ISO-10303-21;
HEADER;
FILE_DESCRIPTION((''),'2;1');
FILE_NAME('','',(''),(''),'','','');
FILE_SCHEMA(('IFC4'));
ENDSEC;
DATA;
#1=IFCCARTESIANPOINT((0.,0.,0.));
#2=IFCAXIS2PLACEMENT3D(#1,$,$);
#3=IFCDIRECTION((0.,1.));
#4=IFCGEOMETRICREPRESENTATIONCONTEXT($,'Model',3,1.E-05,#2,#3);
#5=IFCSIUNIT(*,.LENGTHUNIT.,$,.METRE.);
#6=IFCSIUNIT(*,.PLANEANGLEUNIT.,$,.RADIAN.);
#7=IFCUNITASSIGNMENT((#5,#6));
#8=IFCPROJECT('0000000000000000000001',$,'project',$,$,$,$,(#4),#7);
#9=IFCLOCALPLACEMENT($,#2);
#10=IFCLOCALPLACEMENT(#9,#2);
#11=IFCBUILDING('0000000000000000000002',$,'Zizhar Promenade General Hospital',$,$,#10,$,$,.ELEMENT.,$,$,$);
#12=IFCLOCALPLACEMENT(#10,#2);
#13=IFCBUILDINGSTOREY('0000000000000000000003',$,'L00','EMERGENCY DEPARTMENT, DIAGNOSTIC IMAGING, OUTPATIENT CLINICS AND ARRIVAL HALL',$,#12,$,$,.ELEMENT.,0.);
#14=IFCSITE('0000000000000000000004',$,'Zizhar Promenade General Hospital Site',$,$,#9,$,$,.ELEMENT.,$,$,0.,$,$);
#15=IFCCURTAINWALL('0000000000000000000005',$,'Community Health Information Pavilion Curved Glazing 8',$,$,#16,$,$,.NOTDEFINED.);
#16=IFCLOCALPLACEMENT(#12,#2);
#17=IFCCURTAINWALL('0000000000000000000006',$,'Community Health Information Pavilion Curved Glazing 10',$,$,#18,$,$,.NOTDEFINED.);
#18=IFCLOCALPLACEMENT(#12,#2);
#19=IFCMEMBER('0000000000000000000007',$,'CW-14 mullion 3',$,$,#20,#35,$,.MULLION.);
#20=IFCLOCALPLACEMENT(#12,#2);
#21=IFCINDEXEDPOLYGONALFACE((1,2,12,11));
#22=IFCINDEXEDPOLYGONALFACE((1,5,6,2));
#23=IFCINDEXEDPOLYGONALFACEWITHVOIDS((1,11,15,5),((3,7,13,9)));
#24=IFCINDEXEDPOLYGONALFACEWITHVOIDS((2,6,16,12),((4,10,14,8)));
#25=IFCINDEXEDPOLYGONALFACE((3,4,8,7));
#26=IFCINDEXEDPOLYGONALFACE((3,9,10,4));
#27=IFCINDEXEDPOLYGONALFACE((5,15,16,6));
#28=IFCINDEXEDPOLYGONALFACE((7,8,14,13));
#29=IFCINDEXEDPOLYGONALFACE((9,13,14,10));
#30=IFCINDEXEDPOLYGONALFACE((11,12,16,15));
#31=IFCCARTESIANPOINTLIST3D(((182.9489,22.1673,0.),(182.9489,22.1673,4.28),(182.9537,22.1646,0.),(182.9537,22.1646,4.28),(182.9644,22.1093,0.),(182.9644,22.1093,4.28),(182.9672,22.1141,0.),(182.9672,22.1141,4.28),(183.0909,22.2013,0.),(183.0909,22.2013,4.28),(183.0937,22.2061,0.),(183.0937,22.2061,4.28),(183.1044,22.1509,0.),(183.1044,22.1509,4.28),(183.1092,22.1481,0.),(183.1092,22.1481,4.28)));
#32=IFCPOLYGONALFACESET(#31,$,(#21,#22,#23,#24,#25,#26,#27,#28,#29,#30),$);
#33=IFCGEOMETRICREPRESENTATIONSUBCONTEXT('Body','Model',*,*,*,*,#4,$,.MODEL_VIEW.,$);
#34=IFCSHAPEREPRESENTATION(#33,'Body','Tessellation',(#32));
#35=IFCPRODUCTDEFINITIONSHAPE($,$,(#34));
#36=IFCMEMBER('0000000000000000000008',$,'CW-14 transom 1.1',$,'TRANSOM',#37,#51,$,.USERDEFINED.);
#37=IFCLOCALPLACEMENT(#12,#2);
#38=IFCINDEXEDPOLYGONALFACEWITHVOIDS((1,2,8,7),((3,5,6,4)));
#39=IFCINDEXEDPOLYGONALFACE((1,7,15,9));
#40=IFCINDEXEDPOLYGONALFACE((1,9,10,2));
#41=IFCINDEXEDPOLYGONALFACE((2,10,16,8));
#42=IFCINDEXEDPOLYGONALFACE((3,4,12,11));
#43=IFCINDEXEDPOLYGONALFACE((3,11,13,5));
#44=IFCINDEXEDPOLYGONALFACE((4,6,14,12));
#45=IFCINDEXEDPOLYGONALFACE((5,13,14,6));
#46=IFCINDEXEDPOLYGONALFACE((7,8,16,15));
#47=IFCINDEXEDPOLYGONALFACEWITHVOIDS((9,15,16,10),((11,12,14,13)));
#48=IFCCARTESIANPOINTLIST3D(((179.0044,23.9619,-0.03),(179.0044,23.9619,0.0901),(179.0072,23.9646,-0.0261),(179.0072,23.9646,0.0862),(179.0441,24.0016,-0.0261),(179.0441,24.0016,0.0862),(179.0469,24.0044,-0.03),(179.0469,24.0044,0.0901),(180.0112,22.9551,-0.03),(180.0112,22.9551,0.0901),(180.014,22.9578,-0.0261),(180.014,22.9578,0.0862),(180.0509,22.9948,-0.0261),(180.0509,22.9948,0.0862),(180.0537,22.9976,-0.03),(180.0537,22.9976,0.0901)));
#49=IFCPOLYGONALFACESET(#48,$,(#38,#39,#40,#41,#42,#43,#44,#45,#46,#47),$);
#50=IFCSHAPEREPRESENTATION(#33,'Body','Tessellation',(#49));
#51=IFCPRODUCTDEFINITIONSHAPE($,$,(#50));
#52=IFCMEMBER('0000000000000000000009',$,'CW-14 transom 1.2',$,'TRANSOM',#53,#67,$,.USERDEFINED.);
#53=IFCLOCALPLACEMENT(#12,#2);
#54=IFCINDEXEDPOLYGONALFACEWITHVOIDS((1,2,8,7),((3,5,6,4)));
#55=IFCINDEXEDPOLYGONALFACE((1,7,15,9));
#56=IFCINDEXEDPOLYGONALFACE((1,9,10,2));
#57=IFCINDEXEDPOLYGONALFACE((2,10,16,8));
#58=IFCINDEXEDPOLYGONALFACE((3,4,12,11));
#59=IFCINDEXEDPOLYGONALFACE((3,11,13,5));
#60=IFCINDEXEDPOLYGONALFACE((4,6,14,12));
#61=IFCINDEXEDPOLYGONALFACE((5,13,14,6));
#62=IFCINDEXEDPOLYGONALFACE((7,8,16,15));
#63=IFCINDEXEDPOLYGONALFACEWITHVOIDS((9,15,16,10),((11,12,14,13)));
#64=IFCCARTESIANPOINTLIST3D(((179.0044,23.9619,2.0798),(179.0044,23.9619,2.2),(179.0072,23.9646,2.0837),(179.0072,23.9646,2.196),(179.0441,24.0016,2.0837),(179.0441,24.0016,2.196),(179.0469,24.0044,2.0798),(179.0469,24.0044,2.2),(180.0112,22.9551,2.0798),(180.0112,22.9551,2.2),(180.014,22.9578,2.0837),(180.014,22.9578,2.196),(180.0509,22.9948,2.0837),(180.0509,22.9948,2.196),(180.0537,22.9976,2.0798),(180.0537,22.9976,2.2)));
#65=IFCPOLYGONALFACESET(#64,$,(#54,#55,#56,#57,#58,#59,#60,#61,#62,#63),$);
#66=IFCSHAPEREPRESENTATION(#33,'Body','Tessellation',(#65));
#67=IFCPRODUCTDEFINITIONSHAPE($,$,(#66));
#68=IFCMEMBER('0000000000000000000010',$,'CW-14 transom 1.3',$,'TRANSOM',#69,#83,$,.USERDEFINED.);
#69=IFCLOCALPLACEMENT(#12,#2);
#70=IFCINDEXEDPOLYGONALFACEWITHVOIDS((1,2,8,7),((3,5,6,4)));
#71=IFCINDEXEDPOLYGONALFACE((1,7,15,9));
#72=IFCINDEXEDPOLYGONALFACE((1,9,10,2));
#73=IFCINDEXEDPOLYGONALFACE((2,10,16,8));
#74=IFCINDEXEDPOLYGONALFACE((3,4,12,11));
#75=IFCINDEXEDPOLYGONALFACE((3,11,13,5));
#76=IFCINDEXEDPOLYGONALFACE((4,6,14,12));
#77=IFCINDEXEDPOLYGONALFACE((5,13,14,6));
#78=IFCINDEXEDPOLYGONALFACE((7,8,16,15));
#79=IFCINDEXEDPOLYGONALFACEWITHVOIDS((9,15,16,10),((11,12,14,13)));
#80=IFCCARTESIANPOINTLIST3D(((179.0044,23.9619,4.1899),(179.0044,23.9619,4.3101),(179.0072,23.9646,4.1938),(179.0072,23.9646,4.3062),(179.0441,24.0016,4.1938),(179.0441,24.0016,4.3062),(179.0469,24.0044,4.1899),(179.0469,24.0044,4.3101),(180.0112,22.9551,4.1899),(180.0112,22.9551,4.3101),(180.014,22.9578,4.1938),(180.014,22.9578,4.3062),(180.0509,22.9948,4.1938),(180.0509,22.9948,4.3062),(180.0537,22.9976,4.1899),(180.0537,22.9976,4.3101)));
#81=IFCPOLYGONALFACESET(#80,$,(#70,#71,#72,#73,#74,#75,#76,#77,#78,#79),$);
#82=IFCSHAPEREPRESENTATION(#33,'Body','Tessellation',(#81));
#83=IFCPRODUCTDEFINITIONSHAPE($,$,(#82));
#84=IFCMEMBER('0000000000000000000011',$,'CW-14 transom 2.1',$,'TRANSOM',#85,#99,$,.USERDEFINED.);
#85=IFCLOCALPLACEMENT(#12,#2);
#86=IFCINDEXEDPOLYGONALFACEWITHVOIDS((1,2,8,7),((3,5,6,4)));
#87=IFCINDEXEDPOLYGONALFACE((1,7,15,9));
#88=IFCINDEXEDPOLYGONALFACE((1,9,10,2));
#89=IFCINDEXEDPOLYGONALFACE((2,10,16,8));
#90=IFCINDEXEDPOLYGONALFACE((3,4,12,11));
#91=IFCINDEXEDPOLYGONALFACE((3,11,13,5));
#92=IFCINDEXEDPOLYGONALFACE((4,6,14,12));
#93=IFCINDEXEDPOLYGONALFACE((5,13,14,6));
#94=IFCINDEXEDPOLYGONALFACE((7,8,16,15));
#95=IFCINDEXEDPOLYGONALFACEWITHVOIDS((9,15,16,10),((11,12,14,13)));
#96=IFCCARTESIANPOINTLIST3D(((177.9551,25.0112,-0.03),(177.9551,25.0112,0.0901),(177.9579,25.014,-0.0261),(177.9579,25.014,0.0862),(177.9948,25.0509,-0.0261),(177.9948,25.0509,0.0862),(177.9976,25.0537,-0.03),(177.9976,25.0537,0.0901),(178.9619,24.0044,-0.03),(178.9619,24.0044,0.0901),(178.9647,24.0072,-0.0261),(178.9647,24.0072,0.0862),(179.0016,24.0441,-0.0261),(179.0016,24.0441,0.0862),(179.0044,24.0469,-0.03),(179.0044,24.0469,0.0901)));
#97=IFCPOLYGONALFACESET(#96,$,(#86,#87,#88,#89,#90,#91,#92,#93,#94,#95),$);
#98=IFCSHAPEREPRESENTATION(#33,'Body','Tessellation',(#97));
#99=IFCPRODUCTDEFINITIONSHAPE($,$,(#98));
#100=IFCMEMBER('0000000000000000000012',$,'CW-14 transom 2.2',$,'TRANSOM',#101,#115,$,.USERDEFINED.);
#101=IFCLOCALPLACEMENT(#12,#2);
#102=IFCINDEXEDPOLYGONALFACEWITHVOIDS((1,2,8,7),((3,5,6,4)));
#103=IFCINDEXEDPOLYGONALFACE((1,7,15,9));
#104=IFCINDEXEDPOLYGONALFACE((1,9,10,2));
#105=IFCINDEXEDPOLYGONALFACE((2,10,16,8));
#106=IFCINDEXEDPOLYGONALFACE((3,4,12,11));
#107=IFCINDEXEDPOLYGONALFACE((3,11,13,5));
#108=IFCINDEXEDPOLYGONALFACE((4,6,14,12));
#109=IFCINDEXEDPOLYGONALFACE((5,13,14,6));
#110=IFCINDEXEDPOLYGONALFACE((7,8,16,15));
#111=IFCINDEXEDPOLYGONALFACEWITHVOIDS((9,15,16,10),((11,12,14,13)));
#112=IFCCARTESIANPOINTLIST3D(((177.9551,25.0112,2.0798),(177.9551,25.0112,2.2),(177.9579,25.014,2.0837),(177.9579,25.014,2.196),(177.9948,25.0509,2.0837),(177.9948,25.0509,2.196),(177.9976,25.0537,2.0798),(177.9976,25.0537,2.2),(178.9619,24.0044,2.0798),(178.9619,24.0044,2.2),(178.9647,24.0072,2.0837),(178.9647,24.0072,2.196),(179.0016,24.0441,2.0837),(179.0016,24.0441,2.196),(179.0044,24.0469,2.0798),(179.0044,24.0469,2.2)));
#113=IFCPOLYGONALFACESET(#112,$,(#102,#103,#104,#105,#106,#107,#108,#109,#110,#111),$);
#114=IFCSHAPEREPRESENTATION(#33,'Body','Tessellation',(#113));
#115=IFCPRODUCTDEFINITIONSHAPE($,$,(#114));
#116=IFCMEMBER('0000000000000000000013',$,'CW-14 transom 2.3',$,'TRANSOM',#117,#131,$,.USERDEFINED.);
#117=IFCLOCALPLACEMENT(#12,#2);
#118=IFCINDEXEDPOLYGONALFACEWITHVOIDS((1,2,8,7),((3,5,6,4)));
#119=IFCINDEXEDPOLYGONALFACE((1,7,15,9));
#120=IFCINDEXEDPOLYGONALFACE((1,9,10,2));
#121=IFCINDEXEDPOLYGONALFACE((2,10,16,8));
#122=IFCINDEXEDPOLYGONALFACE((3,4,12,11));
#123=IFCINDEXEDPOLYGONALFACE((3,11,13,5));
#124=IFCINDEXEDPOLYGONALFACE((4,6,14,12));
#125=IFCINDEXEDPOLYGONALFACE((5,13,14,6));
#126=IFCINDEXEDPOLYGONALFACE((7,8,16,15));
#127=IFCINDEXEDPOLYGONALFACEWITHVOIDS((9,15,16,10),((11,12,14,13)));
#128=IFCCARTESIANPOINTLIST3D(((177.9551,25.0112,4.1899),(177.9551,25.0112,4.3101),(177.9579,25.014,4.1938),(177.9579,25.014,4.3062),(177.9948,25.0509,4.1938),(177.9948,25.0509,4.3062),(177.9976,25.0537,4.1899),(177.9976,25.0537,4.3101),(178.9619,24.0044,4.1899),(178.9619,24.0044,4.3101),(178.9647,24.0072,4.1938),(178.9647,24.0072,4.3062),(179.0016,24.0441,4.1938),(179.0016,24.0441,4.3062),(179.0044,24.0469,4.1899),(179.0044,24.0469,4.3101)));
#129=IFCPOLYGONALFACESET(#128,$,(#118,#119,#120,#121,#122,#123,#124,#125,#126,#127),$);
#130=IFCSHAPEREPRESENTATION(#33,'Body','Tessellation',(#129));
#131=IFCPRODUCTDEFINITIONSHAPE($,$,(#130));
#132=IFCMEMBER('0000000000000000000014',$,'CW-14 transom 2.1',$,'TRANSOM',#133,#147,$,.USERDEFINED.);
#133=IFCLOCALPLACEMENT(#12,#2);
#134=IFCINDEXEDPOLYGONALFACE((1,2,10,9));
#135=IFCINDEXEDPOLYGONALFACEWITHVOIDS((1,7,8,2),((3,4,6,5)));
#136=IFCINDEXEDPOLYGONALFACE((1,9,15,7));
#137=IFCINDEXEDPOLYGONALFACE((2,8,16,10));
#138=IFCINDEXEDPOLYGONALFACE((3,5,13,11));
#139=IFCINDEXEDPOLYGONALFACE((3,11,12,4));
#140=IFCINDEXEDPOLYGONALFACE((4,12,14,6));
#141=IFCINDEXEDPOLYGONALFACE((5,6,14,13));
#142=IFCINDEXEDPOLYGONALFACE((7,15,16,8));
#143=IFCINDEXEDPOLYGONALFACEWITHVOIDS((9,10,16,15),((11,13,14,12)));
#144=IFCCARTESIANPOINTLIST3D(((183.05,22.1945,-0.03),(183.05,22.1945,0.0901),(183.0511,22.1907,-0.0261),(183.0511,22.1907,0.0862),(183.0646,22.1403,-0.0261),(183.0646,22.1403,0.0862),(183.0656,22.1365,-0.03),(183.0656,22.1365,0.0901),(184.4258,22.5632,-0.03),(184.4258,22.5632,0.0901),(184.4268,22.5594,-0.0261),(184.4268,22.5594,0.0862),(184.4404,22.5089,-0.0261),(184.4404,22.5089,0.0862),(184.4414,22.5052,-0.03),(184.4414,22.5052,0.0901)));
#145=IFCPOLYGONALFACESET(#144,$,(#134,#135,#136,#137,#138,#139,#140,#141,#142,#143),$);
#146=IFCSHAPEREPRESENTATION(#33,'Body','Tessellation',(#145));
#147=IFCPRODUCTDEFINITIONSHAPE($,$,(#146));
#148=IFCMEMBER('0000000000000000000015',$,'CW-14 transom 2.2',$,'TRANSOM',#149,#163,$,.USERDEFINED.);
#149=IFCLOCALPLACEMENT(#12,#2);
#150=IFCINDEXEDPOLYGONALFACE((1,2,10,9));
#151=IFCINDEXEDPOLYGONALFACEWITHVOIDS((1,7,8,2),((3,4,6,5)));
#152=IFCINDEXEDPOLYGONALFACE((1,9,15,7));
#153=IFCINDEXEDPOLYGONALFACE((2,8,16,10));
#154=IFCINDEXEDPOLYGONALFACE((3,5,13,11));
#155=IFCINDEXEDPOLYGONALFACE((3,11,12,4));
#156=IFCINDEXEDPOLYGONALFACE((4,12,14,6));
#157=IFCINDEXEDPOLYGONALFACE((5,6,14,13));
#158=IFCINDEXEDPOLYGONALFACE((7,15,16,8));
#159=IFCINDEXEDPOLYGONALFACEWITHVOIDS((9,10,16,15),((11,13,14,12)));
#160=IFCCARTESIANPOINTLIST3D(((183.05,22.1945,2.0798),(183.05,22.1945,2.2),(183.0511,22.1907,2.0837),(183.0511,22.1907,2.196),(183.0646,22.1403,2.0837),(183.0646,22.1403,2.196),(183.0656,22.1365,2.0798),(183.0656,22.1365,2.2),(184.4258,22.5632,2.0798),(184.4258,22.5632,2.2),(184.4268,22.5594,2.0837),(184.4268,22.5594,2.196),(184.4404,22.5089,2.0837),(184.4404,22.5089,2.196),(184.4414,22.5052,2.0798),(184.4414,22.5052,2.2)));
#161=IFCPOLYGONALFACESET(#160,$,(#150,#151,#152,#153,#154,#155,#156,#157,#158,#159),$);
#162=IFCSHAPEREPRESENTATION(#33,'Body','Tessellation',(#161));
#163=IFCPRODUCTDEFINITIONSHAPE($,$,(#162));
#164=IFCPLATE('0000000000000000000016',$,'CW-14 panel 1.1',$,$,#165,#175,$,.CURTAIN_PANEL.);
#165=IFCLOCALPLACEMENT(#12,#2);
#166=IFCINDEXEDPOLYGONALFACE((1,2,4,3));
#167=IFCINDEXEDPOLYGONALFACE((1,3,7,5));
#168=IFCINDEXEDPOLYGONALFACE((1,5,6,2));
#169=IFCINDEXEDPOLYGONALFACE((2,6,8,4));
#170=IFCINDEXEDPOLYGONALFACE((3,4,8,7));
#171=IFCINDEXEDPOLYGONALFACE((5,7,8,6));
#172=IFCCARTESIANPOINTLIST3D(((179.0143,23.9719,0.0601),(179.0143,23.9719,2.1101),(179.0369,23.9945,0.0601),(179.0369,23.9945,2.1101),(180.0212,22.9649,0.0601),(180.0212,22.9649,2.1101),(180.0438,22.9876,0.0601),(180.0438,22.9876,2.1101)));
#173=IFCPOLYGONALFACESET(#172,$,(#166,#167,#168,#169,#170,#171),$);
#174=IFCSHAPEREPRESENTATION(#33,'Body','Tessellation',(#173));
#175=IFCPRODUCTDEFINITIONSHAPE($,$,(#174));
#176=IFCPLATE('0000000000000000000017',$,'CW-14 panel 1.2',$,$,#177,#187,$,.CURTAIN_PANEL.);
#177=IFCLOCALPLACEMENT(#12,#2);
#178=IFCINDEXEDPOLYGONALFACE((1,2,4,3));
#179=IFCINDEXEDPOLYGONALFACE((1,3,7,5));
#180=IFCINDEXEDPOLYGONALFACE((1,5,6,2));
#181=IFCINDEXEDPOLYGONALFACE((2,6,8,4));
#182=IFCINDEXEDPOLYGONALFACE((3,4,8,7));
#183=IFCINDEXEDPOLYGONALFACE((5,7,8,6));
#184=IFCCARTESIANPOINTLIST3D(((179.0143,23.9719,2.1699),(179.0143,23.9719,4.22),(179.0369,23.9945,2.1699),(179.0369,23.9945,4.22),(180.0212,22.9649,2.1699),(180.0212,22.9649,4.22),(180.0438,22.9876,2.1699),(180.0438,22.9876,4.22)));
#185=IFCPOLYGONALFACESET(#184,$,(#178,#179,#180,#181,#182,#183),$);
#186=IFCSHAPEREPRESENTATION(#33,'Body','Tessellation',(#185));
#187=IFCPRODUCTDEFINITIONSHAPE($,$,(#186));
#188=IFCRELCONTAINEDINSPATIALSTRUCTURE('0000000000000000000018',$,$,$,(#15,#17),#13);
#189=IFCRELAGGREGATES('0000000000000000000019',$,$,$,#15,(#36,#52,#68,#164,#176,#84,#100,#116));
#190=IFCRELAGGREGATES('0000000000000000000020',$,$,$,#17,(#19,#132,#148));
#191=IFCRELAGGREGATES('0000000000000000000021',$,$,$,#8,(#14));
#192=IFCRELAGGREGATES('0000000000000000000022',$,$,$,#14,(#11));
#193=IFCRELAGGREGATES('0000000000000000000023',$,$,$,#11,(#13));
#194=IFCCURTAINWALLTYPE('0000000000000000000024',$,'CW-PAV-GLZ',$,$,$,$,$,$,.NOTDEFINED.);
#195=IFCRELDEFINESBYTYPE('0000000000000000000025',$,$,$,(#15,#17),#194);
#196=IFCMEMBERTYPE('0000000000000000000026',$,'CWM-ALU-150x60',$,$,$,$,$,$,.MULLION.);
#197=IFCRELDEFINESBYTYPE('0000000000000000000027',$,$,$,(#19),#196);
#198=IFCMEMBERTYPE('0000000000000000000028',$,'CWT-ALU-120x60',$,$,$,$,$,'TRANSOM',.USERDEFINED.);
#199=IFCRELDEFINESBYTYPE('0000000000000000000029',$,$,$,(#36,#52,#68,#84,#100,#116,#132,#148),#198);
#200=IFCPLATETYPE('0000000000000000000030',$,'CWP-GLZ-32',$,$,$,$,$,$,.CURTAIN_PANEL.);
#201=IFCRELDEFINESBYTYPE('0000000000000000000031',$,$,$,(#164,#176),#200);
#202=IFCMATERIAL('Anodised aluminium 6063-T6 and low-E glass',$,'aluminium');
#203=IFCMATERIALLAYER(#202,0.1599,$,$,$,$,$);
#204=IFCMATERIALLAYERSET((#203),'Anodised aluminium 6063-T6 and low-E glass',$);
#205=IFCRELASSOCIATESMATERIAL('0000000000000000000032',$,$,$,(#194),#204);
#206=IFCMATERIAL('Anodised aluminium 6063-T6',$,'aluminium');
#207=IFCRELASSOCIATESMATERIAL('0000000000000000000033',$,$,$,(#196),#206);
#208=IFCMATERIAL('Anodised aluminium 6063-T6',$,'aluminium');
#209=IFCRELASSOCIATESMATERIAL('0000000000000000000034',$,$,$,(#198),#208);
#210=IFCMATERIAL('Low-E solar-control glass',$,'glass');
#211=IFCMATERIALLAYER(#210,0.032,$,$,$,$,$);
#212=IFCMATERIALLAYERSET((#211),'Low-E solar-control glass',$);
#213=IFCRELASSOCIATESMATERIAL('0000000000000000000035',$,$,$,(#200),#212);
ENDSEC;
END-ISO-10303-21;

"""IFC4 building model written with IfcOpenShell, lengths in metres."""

from ifc_helpers import new_model, si_unit, direction, frame, origin, origin_2d, place, context, subcontext, project, spatial, rectangle, hollow_rectangle, extrude, material, layer, layer_set, material_profile, profile_set, type_object, element, aggregate, save


model = new_model("IFC4")

# Units and contexts
model_context = context("Model", 3, precision=1e-05, world=origin(), true_north=direction((0.0, 1.0)))
body_context = subcontext(model_context, "Body", "Model", "MODEL_VIEW")
ifc_project = project(units=[si_unit("LENGTHUNIT", "METRE"), si_unit("PLANEANGLEUNIT", "RADIAN")], contexts=[model_context])

# Site, building, storey
site_placement = place(None, origin())
site = spatial("IfcSite", under=ifc_project, at=site_placement, Name="Zizhar Promenade General Hospital Site", CompositionType="ELEMENT", RefElevation=0.0)
building_placement = place(site_placement, origin())
building = spatial("IfcBuilding", under=site, at=building_placement, Name="Zizhar Promenade General Hospital", CompositionType="ELEMENT")
storey_placement = place(building_placement, origin())
storey = spatial("IfcBuildingStorey", under=building, at=storey_placement, Name="L00", Description="EMERGENCY DEPARTMENT, DIAGNOSTIC IMAGING, OUTPATIENT CLINICS AND ARRIVAL HALL", CompositionType="ELEMENT", Elevation=0.0)

# Curtain wall
ifc_material_1 = material(Name="Anodised aluminium 6063-T6 and low-E glass", Category="aluminium")
ifc_layer_1 = layer(ifc_material_1, 0.1599)
ifc_layer_set_1 = layer_set([ifc_layer_1], Name="Anodised aluminium 6063-T6 and low-E glass")
curtain_wall_type = type_object("IfcCurtainWallType", Name="CW-PAV-GLZ", PredefinedType="NOTDEFINED", material=ifc_layer_set_1)
curtain_wall_1_placement = place(storey_placement, origin())
curtain_wall_1 = element("IfcCurtainWall", 1, at=curtain_wall_1_placement, inside=storey, type_object=curtain_wall_type, Name="Community Health Information Pavilion Curved Glazing 8", PredefinedType="NOTDEFINED")
ifc_material_2 = material(Name="Anodised aluminium 6063-T6", Category="aluminium")
ifc_material_profile_1 = material_profile(ifc_material_2, hollow_rectangle(XDim=0.0601, YDim=0.1499, WallThickness=0.0039, at=origin_2d()))
ifc_profile_set_1 = profile_set([ifc_material_profile_1], Name="Anodised aluminium 6063-T6")
member_type_1 = type_object("IfcMemberType", Name="CWM-ALU-150x60", PredefinedType="MULLION", material=ifc_profile_set_1)

# Curtain wall, member
curtain_wall_2_placement = place(storey_placement, origin())
curtain_wall_2 = element("IfcCurtainWall", 2, at=curtain_wall_2_placement, inside=storey, type_object=curtain_wall_type, Name="Community Health Information Pavilion Curved Glazing 10", PredefinedType="NOTDEFINED")
member_1_placement = place(storey_placement, frame((183.0291, 22.1577, 0.0), z_axis=(0.0, 0.0, 1.0), x_axis=(0.258834, -0.965922, 0.0)))
member_1 = element("IfcMember", 3, at=member_1_placement, type_object=member_type_1, Name="CW-14 mullion 3", PredefinedType="MULLION", context=body_context, shape_type="SweptSolid", body=[
    extrude(hollow_rectangle(XDim=0.0601, YDim=0.1499, WallThickness=0.0039, at=origin_2d()), origin(), (0.0, 0.0, 1.0), 4.28),
])

# Members
ifc_material_3 = material(Name="Anodised aluminium 6063-T6", Category="aluminium")
ifc_material_profile_2 = material_profile(ifc_material_3, hollow_rectangle(XDim=0.0601, YDim=0.1201, WallThickness=0.0039, at=origin_2d()))
ifc_profile_set_2 = profile_set([ifc_material_profile_2], Name="Anodised aluminium 6063-T6")
member_type_2 = type_object("IfcMemberType", Name="CWT-ALU-120x60", ElementType="TRANSOM", PredefinedType="USERDEFINED", material=ifc_profile_set_2)
member_2_placement = place(storey_placement, frame((180.0325, 22.9763, 0.03), z_axis=(-0.707107, 0.707107, 0.0), x_axis=(-0.707107, -0.707107, 0.0)))
member_2 = element("IfcMember", 4, at=member_2_placement, type_object=member_type_2, Name="CW-14 transom 1.1", ObjectType="TRANSOM", PredefinedType="USERDEFINED", context=body_context, shape_type="SweptSolid", body=[
    extrude(hollow_rectangle(XDim=0.0601, YDim=0.1201, WallThickness=0.0039, at=origin_2d()), origin(), (0.0, 0.0, 1.0), 1.4238),
])
member_3_placement = place(storey_placement, frame((180.0325, 22.9763, 2.1399), z_axis=(-0.707107, 0.707107, 0.0), x_axis=(-0.707107, -0.707107, 0.0)))
member_3 = element("IfcMember", 5, at=member_3_placement, type_object=member_type_2, Name="CW-14 transom 1.2", ObjectType="TRANSOM", PredefinedType="USERDEFINED", context=body_context, shape_type="SweptSolid", body=[
    extrude(hollow_rectangle(XDim=0.0601, YDim=0.1201, WallThickness=0.0039, at=origin_2d()), origin(), (0.0, 0.0, 1.0), 1.4238),
])
member_4_placement = place(storey_placement, frame((180.0325, 22.9763, 4.25), z_axis=(-0.707107, 0.707107, 0.0), x_axis=(-0.707107, -0.707107, 0.0)))
member_4 = element("IfcMember", 6, at=member_4_placement, type_object=member_type_2, Name="CW-14 transom 1.3", ObjectType="TRANSOM", PredefinedType="USERDEFINED", context=body_context, shape_type="SweptSolid", body=[
    extrude(hollow_rectangle(XDim=0.0601, YDim=0.1201, WallThickness=0.0039, at=origin_2d()), origin(), (0.0, 0.0, 1.0), 1.4238),
])
member_5_placement = place(storey_placement, frame((178.9832, 24.0256, 0.03), z_axis=(-0.707107, 0.707107, 0.0), x_axis=(-0.707107, -0.707107, 0.0)))
member_5 = element("IfcMember", 7, at=member_5_placement, type_object=member_type_2, Name="CW-14 transom 2.1", ObjectType="TRANSOM", PredefinedType="USERDEFINED", context=body_context, shape_type="SweptSolid", body=[
    extrude(hollow_rectangle(XDim=0.0601, YDim=0.1201, WallThickness=0.0039, at=origin_2d()), origin(), (0.0, 0.0, 1.0), 1.4238),
])
member_6_placement = place(storey_placement, frame((178.9832, 24.0256, 2.1399), z_axis=(-0.707107, 0.707107, 0.0), x_axis=(-0.707107, -0.707107, 0.0)))
member_6 = element("IfcMember", 8, at=member_6_placement, type_object=member_type_2, Name="CW-14 transom 2.2", ObjectType="TRANSOM", PredefinedType="USERDEFINED", context=body_context, shape_type="SweptSolid", body=[
    extrude(hollow_rectangle(XDim=0.0601, YDim=0.1201, WallThickness=0.0039, at=origin_2d()), origin(), (0.0, 0.0, 1.0), 1.4238),
])
member_7_placement = place(storey_placement, frame((178.9832, 24.0256, 4.25), z_axis=(-0.707107, 0.707107, 0.0), x_axis=(-0.707107, -0.707107, 0.0)))
member_7 = element("IfcMember", 9, at=member_7_placement, type_object=member_type_2, Name="CW-14 transom 2.3", ObjectType="TRANSOM", PredefinedType="USERDEFINED", context=body_context, shape_type="SweptSolid", body=[
    extrude(hollow_rectangle(XDim=0.0601, YDim=0.1201, WallThickness=0.0039, at=origin_2d()), origin(), (0.0, 0.0, 1.0), 1.4238),
])
member_8_placement = place(storey_placement, frame((184.4336, 22.5342, 0.03), z_axis=(-0.965921, -0.258836, 0.0), x_axis=(0.258836, -0.965921, 0.0)))
member_8 = element("IfcMember", 10, at=member_8_placement, type_object=member_type_2, Name="CW-14 transom 2.1", ObjectType="TRANSOM", PredefinedType="USERDEFINED", context=body_context, shape_type="SweptSolid", body=[
    extrude(hollow_rectangle(XDim=0.0601, YDim=0.1201, WallThickness=0.0039, at=origin_2d()), origin(), (0.0, 0.0, 1.0), 1.4243),
])
member_9_placement = place(storey_placement, frame((184.4336, 22.5342, 2.1399), z_axis=(-0.965921, -0.258836, 0.0), x_axis=(0.258836, -0.965921, 0.0)))
member_9 = element("IfcMember", 11, at=member_9_placement, type_object=member_type_2, Name="CW-14 transom 2.2", ObjectType="TRANSOM", PredefinedType="USERDEFINED", context=body_context, shape_type="SweptSolid", body=[
    extrude(hollow_rectangle(XDim=0.0601, YDim=0.1201, WallThickness=0.0039, at=origin_2d()), origin(), (0.0, 0.0, 1.0), 1.4243),
])

# Plates
ifc_material_4 = material(Name="Low-E solar-control glass", Category="glass")
ifc_layer_2 = layer(ifc_material_4, 0.032)
ifc_layer_set_2 = layer_set([ifc_layer_2], Name="Low-E solar-control glass")
plate_type = type_object("IfcPlateType", Name="CWP-GLZ-32", PredefinedType="CURTAIN_PANEL", material=ifc_layer_set_2)
plate_1_placement = place(storey_placement, frame((179.5291, 23.4797, 0.0601), z_axis=(0.0, 0.0, 1.0), x_axis=(-0.707107, 0.707107, 0.0)))
plate_1 = element("IfcPlate", 12, at=plate_1_placement, type_object=plate_type, Name="CW-14 panel 1.1", PredefinedType="CURTAIN_PANEL", context=body_context, shape_type="SweptSolid", body=[
    extrude(rectangle(XDim=1.4241, YDim=0.032, at=origin_2d()), origin(), (0.0, 0.0, 1.0), 2.05),
])
plate_2_placement = place(storey_placement, frame((179.5291, 23.4797, 2.1699), z_axis=(0.0, 0.0, 1.0), x_axis=(-0.707107, 0.707107, 0.0)))
plate_2 = element("IfcPlate", 13, at=plate_2_placement, type_object=plate_type, Name="CW-14 panel 1.2", PredefinedType="CURTAIN_PANEL", context=body_context, shape_type="SweptSolid", body=[
    extrude(rectangle(XDim=1.4241, YDim=0.032, at=origin_2d()), origin(), (0.0, 0.0, 1.0), 2.05),
])
aggregate(curtain_wall_1, [member_2, member_3, member_4, plate_1, plate_2, member_5, member_6, member_7])
aggregate(curtain_wall_2, [member_1, member_8, member_9])

save(model, "model.ifc")
